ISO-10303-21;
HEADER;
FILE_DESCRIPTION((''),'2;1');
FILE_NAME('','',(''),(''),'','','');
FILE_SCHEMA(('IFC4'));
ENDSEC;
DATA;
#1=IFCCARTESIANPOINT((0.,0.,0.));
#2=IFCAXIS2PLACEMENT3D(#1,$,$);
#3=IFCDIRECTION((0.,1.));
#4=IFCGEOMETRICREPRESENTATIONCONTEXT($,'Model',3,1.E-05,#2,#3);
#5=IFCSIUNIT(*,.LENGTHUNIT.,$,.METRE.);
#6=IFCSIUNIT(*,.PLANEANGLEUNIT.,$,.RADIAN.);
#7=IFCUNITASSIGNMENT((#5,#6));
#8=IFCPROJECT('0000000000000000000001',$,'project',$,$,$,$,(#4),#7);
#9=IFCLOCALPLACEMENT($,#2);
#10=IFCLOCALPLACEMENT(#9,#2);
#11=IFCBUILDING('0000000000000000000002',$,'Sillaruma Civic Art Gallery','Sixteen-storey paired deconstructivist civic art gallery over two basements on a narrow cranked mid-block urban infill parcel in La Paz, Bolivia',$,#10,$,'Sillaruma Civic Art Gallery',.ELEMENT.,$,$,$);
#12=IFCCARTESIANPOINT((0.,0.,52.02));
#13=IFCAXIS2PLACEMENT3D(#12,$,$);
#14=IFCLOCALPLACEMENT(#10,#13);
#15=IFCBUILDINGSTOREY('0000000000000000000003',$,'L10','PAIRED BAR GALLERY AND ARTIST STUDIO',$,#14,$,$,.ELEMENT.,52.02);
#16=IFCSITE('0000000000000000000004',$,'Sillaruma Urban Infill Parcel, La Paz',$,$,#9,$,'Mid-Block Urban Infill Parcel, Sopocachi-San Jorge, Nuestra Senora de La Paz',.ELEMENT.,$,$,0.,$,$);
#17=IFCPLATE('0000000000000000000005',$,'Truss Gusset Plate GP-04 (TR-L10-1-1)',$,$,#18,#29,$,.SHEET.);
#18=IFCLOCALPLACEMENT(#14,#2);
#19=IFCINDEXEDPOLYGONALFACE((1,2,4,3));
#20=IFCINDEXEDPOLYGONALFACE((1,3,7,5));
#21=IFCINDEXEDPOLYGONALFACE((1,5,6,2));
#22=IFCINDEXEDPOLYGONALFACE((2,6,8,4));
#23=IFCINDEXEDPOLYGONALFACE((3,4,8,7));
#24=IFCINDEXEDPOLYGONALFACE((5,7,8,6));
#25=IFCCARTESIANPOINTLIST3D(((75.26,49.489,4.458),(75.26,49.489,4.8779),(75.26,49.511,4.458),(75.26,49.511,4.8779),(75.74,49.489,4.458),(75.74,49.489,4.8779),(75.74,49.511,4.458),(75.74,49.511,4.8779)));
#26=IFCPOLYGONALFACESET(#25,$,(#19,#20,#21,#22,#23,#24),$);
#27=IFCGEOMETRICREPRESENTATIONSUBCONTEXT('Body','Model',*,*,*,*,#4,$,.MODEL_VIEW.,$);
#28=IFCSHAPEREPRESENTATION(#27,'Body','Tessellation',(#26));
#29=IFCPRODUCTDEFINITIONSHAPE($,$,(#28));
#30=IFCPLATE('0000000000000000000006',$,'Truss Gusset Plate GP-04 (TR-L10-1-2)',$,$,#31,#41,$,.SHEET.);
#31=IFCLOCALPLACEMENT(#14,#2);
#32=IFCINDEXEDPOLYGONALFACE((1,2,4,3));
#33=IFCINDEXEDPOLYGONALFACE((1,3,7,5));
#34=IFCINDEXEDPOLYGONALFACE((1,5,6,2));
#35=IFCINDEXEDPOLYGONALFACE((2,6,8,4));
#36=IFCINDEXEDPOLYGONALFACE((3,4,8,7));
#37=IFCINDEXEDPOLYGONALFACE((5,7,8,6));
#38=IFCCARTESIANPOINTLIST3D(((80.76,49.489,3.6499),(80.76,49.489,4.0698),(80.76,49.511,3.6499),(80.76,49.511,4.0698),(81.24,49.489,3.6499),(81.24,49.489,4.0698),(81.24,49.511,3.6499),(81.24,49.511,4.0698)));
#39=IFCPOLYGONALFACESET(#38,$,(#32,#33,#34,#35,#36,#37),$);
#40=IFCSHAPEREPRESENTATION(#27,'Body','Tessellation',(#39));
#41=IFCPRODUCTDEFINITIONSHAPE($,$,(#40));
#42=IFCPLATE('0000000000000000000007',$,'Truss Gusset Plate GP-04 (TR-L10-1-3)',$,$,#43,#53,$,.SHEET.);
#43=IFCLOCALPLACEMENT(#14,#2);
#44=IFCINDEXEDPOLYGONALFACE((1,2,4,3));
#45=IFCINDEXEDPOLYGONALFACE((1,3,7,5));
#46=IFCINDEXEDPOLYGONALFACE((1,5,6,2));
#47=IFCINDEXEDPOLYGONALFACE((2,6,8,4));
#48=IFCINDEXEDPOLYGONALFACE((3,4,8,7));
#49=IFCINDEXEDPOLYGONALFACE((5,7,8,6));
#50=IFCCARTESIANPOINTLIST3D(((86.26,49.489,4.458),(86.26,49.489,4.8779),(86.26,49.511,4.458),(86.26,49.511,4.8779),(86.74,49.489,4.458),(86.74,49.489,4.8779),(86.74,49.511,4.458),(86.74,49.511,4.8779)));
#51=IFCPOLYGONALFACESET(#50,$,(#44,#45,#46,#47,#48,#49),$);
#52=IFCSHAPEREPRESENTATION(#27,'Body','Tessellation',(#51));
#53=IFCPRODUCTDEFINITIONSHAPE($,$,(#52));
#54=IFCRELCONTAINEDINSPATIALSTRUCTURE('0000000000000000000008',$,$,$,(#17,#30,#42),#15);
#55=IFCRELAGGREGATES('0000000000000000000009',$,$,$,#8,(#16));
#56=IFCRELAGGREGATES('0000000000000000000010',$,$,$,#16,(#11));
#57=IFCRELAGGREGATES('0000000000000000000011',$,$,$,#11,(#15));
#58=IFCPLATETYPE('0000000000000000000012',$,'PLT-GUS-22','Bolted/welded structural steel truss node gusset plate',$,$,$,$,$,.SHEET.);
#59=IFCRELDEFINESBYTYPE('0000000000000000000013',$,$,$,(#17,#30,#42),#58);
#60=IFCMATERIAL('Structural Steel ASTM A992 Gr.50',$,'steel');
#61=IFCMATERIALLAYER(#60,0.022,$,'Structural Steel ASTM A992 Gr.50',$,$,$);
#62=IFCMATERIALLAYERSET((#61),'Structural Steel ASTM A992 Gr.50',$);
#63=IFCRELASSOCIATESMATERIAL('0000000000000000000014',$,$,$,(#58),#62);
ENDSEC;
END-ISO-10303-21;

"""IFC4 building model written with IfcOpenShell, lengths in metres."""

from ifc_helpers import new_model, si_unit, direction, frame, origin, origin_2d, place, context, subcontext, project, spatial, rectangle, extrude, material, layer, layer_set, type_object, element, save


model = new_model("IFC4")

# Units and contexts
model_context = context("Model", 3, precision=1e-05, world=origin(), true_north=direction((0.0, 1.0)))
body_context = subcontext(model_context, "Body", "Model", "MODEL_VIEW")
ifc_project = project(units=[si_unit("LENGTHUNIT", "METRE"), si_unit("PLANEANGLEUNIT", "RADIAN")], contexts=[model_context])

# Site, building, storey
site_placement = place(None, origin())
site = spatial("IfcSite", under=ifc_project, at=site_placement, Name="Sillaruma Urban Infill Parcel, La Paz", LongName="Mid-Block Urban Infill Parcel, Sopocachi-San Jorge, Nuestra Senora de La Paz", CompositionType="ELEMENT", RefElevation=0.0)
building_placement = place(site_placement, origin())
building = spatial("IfcBuilding", under=site, at=building_placement, Name="Sillaruma Civic Art Gallery", Description="Sixteen-storey paired deconstructivist civic art gallery over two basements on a narrow cranked mid-block urban infill parcel in La Paz, Bolivia", LongName="Sillaruma Civic Art Gallery", CompositionType="ELEMENT")
storey_placement = place(building_placement, frame((0.0, 0.0, 52.02)))
storey = spatial("IfcBuildingStorey", under=building, at=storey_placement, Name="L10", Description="PAIRED BAR GALLERY AND ARTIST STUDIO", CompositionType="ELEMENT", Elevation=52.02)

# Shared definitions
ifc_material_1 = material(Name="Structural Steel ASTM A992 Gr.50", Category="steel")

# Plates
ifc_layer = layer(ifc_material_1, 0.022, Name="Structural Steel ASTM A992 Gr.50")
ifc_layer_set = layer_set([ifc_layer], Name="Structural Steel ASTM A992 Gr.50")
plate_type = type_object("IfcPlateType", Name="PLT-GUS-22", Description="Bolted/welded structural steel truss node gusset plate", PredefinedType="SHEET", material=ifc_layer_set)
for number, where, z_axis, x_axis, name in (
    (1, (75.5, 49.5, 4.458), (0.0, 0.0, 1.0), (1.0, 0.0, 0.0), "Truss Gusset Plate GP-04 (TR-L10-1-1)"),
    (2, (81.0, 49.5, 3.6499), (0.0, 0.0, 1.0), (1.0, 0.0, 0.0), "Truss Gusset Plate GP-04 (TR-L10-1-2)"),
    (3, (86.5, 49.5, 4.458), (0.0, 0.0, 1.0), (1.0, 0.0, 0.0), "Truss Gusset Plate GP-04 (TR-L10-1-3)"),
):
    element("IfcPlate", number, at=place(storey_placement, frame(where, z_axis=z_axis, x_axis=x_axis)), inside=storey, type_object=plate_type, Name=name, PredefinedType="SHEET", context=body_context, shape_type="SweptSolid", body=[
        extrude(rectangle(XDim=0.48, YDim=0.022, at=origin_2d()), origin(), (0.0, 0.0, 1.0), 0.4199),
    ])

save(model, "model.ifc")
